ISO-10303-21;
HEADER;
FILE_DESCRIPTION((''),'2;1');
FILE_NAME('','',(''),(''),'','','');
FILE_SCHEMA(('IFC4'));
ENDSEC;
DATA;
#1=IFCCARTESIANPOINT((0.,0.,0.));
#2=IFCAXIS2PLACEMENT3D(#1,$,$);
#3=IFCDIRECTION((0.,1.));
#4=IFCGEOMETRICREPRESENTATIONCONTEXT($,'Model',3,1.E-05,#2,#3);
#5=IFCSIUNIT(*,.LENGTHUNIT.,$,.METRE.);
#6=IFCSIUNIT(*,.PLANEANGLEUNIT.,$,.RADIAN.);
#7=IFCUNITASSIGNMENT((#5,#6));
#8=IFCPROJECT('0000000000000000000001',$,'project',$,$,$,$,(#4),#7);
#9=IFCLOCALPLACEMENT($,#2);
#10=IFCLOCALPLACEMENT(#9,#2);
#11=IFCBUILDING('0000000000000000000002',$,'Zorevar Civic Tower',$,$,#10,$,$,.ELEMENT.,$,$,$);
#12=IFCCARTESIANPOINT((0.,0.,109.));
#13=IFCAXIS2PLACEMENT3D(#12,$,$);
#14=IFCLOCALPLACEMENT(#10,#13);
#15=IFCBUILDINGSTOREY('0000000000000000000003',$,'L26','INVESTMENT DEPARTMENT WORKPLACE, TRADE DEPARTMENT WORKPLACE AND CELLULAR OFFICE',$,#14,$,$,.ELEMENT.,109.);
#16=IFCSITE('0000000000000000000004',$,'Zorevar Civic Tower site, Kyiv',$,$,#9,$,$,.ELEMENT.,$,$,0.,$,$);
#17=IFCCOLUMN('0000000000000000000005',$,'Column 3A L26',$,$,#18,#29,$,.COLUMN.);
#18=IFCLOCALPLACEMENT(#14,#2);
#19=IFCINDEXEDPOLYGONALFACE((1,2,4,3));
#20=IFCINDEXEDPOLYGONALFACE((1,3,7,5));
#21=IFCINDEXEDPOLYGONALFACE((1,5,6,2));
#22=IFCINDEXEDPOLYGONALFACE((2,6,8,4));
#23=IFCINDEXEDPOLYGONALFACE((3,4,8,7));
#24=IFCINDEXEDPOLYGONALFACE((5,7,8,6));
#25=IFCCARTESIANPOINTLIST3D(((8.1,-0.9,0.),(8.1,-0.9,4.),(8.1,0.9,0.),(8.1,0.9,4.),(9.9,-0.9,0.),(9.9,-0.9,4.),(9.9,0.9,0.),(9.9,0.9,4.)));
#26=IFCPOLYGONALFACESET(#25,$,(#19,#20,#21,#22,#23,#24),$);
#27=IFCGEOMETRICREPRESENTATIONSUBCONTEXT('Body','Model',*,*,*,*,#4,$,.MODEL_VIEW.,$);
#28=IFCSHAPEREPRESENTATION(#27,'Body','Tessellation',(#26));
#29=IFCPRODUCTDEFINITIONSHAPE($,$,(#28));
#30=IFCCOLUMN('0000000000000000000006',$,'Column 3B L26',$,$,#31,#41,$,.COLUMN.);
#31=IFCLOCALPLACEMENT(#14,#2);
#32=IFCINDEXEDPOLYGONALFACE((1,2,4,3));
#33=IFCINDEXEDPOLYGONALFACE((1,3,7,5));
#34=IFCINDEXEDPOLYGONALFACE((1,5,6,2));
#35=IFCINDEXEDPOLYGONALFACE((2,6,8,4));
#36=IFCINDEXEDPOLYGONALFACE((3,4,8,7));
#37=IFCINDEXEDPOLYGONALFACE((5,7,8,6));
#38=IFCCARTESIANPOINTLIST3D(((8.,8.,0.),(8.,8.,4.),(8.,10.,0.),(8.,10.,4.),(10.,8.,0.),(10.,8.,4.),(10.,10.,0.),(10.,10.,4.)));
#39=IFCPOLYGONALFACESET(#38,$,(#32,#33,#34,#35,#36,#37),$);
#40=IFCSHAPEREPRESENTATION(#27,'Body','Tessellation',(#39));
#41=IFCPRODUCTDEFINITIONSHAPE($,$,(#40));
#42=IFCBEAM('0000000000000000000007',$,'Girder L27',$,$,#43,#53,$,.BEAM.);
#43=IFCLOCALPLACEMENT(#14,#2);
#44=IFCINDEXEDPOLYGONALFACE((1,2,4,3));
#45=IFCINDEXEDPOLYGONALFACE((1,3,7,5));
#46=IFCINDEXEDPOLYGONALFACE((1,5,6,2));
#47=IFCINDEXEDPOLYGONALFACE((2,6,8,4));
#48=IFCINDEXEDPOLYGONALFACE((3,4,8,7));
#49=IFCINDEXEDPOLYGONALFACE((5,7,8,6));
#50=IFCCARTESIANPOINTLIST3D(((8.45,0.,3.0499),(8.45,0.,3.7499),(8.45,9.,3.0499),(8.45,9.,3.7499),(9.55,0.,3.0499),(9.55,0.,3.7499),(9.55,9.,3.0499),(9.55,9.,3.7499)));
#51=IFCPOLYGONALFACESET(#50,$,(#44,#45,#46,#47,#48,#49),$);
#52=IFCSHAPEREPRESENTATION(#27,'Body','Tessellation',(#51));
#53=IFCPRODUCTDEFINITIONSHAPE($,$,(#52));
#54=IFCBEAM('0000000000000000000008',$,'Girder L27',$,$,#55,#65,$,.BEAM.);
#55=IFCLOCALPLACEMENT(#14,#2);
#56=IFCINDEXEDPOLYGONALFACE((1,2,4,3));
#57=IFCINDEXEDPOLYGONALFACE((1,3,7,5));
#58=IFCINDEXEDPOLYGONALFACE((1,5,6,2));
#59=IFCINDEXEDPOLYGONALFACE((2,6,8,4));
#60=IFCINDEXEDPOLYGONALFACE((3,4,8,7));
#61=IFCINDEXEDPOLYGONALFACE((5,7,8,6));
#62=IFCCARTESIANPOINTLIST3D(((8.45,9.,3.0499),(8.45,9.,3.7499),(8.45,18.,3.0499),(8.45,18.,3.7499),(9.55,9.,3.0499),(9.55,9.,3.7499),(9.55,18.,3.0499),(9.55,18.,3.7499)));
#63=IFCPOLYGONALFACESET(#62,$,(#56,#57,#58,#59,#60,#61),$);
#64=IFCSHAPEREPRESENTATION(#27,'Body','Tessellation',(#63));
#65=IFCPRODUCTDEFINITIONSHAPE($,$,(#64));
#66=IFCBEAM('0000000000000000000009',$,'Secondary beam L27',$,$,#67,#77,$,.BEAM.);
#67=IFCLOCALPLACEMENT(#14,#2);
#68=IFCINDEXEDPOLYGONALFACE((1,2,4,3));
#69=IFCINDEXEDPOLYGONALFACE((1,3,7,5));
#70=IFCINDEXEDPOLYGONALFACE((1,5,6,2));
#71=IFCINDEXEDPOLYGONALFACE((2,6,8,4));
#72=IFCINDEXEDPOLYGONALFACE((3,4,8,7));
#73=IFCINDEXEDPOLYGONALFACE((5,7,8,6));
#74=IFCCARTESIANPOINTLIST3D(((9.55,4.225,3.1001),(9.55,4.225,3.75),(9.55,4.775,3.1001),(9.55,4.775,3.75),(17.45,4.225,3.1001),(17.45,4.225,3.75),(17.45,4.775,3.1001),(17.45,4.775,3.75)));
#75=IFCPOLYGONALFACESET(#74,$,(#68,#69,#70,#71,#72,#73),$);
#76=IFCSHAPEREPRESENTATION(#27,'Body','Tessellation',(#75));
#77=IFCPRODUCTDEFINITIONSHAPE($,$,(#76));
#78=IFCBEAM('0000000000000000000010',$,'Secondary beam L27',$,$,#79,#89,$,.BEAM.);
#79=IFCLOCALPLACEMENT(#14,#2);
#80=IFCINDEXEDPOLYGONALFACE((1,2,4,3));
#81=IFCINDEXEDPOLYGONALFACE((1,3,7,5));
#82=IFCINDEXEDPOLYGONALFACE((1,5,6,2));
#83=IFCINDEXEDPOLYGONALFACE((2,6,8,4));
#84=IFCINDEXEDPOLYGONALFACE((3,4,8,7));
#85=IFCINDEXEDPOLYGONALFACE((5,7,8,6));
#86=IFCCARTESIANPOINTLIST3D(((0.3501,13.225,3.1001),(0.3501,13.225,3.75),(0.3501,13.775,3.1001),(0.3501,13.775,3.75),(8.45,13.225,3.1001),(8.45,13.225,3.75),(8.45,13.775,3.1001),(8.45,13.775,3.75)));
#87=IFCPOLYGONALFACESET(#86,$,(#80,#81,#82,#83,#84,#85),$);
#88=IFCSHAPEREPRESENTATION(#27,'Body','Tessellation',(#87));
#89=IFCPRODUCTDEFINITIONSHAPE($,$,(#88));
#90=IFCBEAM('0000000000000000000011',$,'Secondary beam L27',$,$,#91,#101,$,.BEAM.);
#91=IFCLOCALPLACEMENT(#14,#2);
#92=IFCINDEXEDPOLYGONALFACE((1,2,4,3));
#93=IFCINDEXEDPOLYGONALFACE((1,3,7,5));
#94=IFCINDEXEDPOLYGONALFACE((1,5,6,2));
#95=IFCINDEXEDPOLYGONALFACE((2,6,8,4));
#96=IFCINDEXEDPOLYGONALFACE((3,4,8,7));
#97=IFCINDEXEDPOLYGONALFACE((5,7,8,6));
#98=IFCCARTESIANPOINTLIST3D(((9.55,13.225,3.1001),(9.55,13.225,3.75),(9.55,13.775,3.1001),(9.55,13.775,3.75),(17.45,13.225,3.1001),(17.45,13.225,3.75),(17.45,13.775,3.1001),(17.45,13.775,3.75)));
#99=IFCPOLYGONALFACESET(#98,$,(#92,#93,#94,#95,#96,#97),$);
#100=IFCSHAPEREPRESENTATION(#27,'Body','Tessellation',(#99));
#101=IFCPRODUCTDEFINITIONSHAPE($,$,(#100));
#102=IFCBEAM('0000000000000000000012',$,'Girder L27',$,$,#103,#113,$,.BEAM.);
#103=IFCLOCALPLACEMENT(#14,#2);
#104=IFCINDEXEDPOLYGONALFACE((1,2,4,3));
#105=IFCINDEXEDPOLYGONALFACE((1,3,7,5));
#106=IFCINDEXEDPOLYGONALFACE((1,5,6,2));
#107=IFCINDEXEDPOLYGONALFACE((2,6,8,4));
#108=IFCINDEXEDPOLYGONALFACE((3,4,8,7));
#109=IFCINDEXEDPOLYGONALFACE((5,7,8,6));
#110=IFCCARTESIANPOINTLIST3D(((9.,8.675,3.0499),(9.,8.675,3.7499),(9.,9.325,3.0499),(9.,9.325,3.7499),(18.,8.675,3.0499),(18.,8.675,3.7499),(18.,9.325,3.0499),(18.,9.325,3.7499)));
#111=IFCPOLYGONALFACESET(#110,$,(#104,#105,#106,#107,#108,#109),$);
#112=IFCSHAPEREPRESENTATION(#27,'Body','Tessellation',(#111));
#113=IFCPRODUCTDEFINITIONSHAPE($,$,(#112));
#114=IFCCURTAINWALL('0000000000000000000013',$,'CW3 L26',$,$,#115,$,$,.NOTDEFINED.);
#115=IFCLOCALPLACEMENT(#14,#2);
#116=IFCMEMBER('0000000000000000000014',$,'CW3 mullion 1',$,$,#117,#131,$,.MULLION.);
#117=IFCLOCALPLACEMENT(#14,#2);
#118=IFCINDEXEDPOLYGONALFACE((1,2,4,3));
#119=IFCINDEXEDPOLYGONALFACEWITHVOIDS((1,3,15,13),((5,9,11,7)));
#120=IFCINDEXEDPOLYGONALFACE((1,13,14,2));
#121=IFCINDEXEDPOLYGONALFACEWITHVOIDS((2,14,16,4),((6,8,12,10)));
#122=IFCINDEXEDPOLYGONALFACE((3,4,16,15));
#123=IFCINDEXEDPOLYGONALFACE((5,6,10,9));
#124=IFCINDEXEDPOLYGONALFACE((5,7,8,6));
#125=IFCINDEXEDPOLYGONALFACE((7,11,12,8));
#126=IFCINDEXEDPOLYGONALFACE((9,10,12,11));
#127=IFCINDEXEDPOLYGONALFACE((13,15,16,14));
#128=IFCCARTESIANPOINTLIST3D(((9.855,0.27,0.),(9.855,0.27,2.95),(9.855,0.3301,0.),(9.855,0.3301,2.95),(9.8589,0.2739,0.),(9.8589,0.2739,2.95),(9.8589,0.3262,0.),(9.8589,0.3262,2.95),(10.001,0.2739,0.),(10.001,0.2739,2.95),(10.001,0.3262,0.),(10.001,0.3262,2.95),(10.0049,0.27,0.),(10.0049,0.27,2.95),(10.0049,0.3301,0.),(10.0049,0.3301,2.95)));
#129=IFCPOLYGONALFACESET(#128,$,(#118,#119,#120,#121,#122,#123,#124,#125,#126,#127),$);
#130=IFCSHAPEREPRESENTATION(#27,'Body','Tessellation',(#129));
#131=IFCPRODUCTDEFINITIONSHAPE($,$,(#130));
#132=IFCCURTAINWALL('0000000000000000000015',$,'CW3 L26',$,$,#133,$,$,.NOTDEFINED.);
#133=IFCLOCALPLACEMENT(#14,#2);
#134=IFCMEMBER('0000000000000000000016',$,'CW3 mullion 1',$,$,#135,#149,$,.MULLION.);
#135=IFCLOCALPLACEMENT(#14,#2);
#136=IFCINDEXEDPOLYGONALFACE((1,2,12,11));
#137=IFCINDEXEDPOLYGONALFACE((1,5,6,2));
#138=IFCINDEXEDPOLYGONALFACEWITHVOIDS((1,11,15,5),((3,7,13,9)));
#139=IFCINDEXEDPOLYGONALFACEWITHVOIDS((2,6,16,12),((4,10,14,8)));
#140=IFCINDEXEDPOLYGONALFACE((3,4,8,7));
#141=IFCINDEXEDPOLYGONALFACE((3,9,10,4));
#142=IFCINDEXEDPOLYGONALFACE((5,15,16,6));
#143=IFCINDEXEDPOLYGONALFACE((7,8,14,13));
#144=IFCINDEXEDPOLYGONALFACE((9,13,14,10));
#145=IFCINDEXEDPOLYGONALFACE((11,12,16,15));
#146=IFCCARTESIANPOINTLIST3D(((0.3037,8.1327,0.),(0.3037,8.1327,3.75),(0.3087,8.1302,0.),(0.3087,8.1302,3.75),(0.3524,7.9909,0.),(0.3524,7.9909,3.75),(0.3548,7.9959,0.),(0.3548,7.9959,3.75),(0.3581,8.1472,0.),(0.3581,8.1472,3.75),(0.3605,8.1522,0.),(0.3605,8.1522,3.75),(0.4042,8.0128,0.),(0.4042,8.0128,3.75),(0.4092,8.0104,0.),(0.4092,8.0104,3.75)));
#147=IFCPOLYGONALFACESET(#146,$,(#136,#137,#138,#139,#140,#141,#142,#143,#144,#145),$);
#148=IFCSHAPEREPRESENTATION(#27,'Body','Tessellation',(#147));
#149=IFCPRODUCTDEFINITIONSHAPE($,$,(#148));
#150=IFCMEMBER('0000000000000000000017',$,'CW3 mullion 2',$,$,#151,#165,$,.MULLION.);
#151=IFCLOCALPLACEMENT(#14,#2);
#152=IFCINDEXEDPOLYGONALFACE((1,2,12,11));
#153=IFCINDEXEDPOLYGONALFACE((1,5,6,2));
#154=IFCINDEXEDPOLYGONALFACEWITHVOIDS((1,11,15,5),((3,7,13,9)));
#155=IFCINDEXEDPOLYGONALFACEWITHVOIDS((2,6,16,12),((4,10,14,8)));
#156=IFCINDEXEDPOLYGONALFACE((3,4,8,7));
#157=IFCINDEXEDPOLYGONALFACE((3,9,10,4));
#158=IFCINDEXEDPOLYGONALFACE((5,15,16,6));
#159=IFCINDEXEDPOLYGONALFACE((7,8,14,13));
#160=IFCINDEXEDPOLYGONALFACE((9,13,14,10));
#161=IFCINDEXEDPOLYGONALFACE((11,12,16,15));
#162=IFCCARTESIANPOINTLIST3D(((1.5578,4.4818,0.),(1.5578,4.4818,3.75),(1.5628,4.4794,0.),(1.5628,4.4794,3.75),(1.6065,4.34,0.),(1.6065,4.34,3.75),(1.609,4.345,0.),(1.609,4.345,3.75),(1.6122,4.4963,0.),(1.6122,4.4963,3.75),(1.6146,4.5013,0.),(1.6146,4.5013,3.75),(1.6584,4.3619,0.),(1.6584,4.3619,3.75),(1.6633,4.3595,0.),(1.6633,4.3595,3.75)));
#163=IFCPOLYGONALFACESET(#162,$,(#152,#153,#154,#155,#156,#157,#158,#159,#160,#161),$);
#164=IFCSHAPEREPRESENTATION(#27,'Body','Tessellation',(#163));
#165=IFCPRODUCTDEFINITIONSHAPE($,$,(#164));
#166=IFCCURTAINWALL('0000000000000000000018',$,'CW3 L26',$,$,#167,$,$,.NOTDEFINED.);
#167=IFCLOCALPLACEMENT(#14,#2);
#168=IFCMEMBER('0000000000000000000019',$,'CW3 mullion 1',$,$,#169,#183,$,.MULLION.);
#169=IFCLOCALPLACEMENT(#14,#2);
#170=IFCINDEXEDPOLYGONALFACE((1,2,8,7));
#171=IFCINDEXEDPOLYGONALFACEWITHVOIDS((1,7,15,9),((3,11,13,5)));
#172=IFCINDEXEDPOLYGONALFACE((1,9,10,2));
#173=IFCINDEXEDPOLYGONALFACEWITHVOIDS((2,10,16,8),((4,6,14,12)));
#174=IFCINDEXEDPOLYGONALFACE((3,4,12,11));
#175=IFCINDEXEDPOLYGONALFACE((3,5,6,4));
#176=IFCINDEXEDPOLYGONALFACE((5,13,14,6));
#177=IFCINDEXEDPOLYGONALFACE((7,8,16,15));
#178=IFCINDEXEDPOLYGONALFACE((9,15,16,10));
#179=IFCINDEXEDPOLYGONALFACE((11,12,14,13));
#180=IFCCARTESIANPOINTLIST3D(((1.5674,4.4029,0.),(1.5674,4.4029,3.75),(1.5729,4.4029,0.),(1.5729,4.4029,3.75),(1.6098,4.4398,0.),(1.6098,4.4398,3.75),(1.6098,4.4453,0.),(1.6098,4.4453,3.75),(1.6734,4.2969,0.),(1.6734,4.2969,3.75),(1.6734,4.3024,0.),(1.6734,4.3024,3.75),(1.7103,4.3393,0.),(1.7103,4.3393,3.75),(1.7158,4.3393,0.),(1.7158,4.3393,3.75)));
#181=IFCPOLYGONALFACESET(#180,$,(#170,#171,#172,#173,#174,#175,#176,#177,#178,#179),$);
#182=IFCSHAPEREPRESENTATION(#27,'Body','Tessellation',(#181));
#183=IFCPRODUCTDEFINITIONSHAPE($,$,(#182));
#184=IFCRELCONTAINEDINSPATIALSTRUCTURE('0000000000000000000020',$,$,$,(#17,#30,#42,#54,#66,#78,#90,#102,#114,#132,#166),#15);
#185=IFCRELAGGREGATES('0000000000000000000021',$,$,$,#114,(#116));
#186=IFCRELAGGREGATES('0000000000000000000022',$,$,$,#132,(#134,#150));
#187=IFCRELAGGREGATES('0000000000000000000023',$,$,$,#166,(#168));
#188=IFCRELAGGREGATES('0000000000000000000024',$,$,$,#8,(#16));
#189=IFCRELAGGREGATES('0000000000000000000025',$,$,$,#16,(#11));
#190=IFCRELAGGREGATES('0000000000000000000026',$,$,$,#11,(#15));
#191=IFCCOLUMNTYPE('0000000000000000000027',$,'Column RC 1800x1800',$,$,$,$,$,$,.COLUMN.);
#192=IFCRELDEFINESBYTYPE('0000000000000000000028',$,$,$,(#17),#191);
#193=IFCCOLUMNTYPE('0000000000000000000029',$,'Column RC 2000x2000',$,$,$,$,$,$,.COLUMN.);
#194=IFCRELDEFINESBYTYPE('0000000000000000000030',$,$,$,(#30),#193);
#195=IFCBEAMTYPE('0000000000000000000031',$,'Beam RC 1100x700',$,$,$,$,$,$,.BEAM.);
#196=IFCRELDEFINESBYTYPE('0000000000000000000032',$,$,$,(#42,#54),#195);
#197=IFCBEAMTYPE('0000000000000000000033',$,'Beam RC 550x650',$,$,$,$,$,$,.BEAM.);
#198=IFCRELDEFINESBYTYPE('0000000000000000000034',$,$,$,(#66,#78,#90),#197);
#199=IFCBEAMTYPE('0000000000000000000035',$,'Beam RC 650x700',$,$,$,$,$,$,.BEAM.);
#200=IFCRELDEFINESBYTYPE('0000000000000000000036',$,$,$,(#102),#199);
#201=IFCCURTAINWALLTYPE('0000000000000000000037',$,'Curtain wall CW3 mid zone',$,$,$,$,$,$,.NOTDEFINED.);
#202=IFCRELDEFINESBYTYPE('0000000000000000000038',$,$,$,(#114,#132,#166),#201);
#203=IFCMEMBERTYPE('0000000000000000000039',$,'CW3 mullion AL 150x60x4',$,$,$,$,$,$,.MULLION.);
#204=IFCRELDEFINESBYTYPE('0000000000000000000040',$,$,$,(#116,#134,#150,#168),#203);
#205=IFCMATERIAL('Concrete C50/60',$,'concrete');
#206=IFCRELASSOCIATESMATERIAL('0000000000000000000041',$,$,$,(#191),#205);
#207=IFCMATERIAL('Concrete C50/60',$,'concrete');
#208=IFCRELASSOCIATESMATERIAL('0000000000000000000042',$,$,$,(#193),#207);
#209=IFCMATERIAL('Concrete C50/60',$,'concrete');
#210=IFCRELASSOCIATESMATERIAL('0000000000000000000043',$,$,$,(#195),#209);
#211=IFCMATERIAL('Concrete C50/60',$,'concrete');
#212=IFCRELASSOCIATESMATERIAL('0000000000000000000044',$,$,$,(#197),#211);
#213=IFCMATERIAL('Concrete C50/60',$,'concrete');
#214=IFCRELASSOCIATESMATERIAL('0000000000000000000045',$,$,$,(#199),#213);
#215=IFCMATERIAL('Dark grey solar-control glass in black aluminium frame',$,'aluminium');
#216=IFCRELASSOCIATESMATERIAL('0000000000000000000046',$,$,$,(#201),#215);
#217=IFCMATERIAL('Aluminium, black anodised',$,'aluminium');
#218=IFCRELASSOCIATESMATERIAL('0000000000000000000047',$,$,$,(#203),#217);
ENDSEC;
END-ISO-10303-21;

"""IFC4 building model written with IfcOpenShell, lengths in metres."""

from ifc_helpers import new_model, si_unit, direction, frame, origin, origin_2d, place, context, subcontext, project, spatial, rectangle, hollow_rectangle, extrude, material, material_profile, profile_set, type_object, element, aggregate, save


model = new_model("IFC4")

# Units and contexts
model_context = context("Model", 3, precision=1e-05, world=origin(), true_north=direction((0.0, 1.0)))
body_context = subcontext(model_context, "Body", "Model", "MODEL_VIEW")
ifc_project = project(units=[si_unit("LENGTHUNIT", "METRE"), si_unit("PLANEANGLEUNIT", "RADIAN")], contexts=[model_context])

# Site, building, storey
site_placement = place(None, origin())
site = spatial("IfcSite", under=ifc_project, at=site_placement, Name="Zorevar Civic Tower site, Kyiv", CompositionType="ELEMENT", RefElevation=0.0)
building_placement = place(site_placement, origin())
building = spatial("IfcBuilding", under=site, at=building_placement, Name="Zorevar Civic Tower", CompositionType="ELEMENT")
storey_placement = place(building_placement, frame((0.0, 0.0, 109.0)))
storey = spatial("IfcBuildingStorey", under=building, at=storey_placement, Name="L26", Description="INVESTMENT DEPARTMENT WORKPLACE, TRADE DEPARTMENT WORKPLACE AND CELLULAR OFFICE", CompositionType="ELEMENT", Elevation=109.0)

# Columns
ifc_material_1 = material(Name="Concrete C50/60", Category="concrete")
ifc_material_profile_1 = material_profile(ifc_material_1, rectangle(XDim=1.8, YDim=1.8, at=origin_2d()), Name="RC 1800x1800")
ifc_profile_set_1 = profile_set([ifc_material_profile_1], Name="Concrete C50/60")
column_type_1 = type_object("IfcColumnType", Name="Column RC 1800x1800", PredefinedType="COLUMN", material=ifc_profile_set_1)
column_1_placement = place(storey_placement, frame((9.0, 0.0, 0.0), z_axis=(0.0, 0.0, 1.0), x_axis=(1.0, 0.0, 0.0)))
element("IfcColumn", 1, at=column_1_placement, inside=storey, type_object=column_type_1, Name="Column 3A L26", PredefinedType="COLUMN", context=body_context, shape_type="SweptSolid", body=[
    extrude(rectangle(XDim=1.8, YDim=1.8, at=origin_2d()), origin(), (0.0, 0.0, 1.0), 4.0),
])
ifc_material_2 = material(Name="Concrete C50/60", Category="concrete")
ifc_material_profile_2 = material_profile(ifc_material_2, rectangle(XDim=2.0, YDim=2.0, at=origin_2d()), Name="RC 2000x2000")
ifc_profile_set_2 = profile_set([ifc_material_profile_2], Name="Concrete C50/60")
column_type_2 = type_object("IfcColumnType", Name="Column RC 2000x2000", PredefinedType="COLUMN", material=ifc_profile_set_2)
column_2_placement = place(storey_placement, frame((9.0, 9.0, 0.0), z_axis=(0.0, 0.0, 1.0), x_axis=(1.0, 0.0, 0.0)))
element("IfcColumn", 2, at=column_2_placement, inside=storey, type_object=column_type_2, Name="Column 3B L26", PredefinedType="COLUMN", context=body_context, shape_type="SweptSolid", body=[
    extrude(rectangle(XDim=2.0, YDim=2.0, at=origin_2d()), origin(), (0.0, 0.0, 1.0), 4.0),
])

# Beams
ifc_material_3 = material(Name="Concrete C50/60", Category="concrete")
ifc_material_profile_3 = material_profile(ifc_material_3, rectangle(XDim=1.1001, YDim=0.7, at=origin_2d()), Name="RC 1100x700")
ifc_profile_set_3 = profile_set([ifc_material_profile_3], Name="Concrete C50/60")
beam_type_1 = type_object("IfcBeamType", Name="Beam RC 1100x700", PredefinedType="BEAM", material=ifc_profile_set_3)
for number, where, z_axis, x_axis, name in (
    (3, (9.0, 0.0, 3.3999), (0.0, 1.0, 0.0), (-1.0, 0.0, 0.0), "Girder L27"),
    (4, (9.0, 9.0, 3.3999), (0.0, 1.0, 0.0), (-1.0, 0.0, 0.0), "Girder L27"),
):
    element("IfcBeam", number, at=place(storey_placement, frame(where, z_axis=z_axis, x_axis=x_axis)), inside=storey, type_object=beam_type_1, Name=name, PredefinedType="BEAM", context=body_context, shape_type="SweptSolid", body=[
        extrude(rectangle(XDim=1.1001, YDim=0.7, at=origin_2d()), origin(), (0.0, 0.0, 1.0), 9.0),
    ])
ifc_material_4 = material(Name="Concrete C50/60", Category="concrete")
ifc_material_profile_4 = material_profile(ifc_material_4, rectangle(XDim=0.55, YDim=0.6499, at=origin_2d()), Name="RC 550x650")
ifc_profile_set_4 = profile_set([ifc_material_profile_4], Name="Concrete C50/60")
beam_type_2 = type_object("IfcBeamType", Name="Beam RC 550x650", PredefinedType="BEAM", material=ifc_profile_set_4)
beam_1_placement = place(storey_placement, frame((9.55, 4.5, 3.425), z_axis=(1.0, 0.0, 0.0), x_axis=(0.0, 1.0, 0.0)))
element("IfcBeam", 5, at=beam_1_placement, inside=storey, type_object=beam_type_2, Name="Secondary beam L27", PredefinedType="BEAM", context=body_context, shape_type="SweptSolid", body=[
    extrude(rectangle(XDim=0.55, YDim=0.6499, at=origin_2d()), origin(), (0.0, 0.0, 1.0), 7.8999),
])
beam_2_placement = place(storey_placement, frame((0.3501, 13.5, 3.425), z_axis=(1.0, 0.0, 0.0), x_axis=(0.0, 1.0, 0.0)))
element("IfcBeam", 6, at=beam_2_placement, inside=storey, type_object=beam_type_2, Name="Secondary beam L27", PredefinedType="BEAM", context=body_context, shape_type="SweptSolid", body=[
    extrude(rectangle(XDim=0.55, YDim=0.6499, at=origin_2d()), origin(), (0.0, 0.0, 1.0), 8.0999),
])
beam_3_placement = place(storey_placement, frame((9.55, 13.5, 3.425), z_axis=(1.0, 0.0, 0.0), x_axis=(0.0, 1.0, 0.0)))
element("IfcBeam", 7, at=beam_3_placement, inside=storey, type_object=beam_type_2, Name="Secondary beam L27", PredefinedType="BEAM", context=body_context, shape_type="SweptSolid", body=[
    extrude(rectangle(XDim=0.55, YDim=0.6499, at=origin_2d()), origin(), (0.0, 0.0, 1.0), 7.8999),
])
ifc_material_5 = material(Name="Concrete C50/60", Category="concrete")
ifc_material_profile_5 = material_profile(ifc_material_5, rectangle(XDim=0.6499, YDim=0.7, at=origin_2d()), Name="RC 650x700")
ifc_profile_set_5 = profile_set([ifc_material_profile_5], Name="Concrete C50/60")
beam_type_3 = type_object("IfcBeamType", Name="Beam RC 650x700", PredefinedType="BEAM", material=ifc_profile_set_5)
beam_4_placement = place(storey_placement, frame((9.0, 9.0, 3.3999), z_axis=(1.0, 0.0, 0.0), x_axis=(0.0, 1.0, 0.0)))
element("IfcBeam", 8, at=beam_4_placement, inside=storey, type_object=beam_type_3, Name="Girder L27", PredefinedType="BEAM", context=body_context, shape_type="SweptSolid", body=[
    extrude(rectangle(XDim=0.6499, YDim=0.7, at=origin_2d()), origin(), (0.0, 0.0, 1.0), 9.0),
])

# Curtain wall, member
ifc_material_6 = material(Name="Dark grey solar-control glass in black aluminium frame", Category="aluminium")
curtain_wall_type = type_object("IfcCurtainWallType", Name="Curtain wall CW3 mid zone", PredefinedType="NOTDEFINED", material=ifc_material_6)
curtain_wall_1_placement = place(storey_placement, origin())
curtain_wall_1 = element("IfcCurtainWall", 9, at=curtain_wall_1_placement, inside=storey, type_object=curtain_wall_type, Name="CW3 L26", PredefinedType="NOTDEFINED")
ifc_material_7 = material(Name="Aluminium, black anodised", Category="aluminium")
ifc_material_profile_6 = material_profile(ifc_material_7, hollow_rectangle(XDim=0.0601, YDim=0.1499, WallThickness=0.0039, at=origin_2d()), Name="AL 150x60x4")
ifc_profile_set_6 = profile_set([ifc_material_profile_6], Name="Aluminium, black anodised")
member_type_1 = type_object("IfcMemberType", Name="CW3 mullion AL 150x60x4", PredefinedType="MULLION", material=ifc_profile_set_6)
member_1_placement = place(storey_placement, frame((9.9299, 0.3, 0.0), z_axis=(0.0, 0.0, 1.0), x_axis=(0.0, 1.0, 0.0)))
member_1 = element("IfcMember", 10, at=member_1_placement, type_object=member_type_1, Name="CW3 mullion 1", PredefinedType="MULLION", context=body_context, shape_type="SweptSolid", body=[
    extrude(hollow_rectangle(XDim=0.0601, YDim=0.1499, WallThickness=0.0039, at=origin_2d()), origin(), (0.0, 0.0, 1.0), 2.95),
])

# Curtain walls, members
curtain_wall_2_placement = place(storey_placement, origin())
curtain_wall_2 = element("IfcCurtainWall", 11, at=curtain_wall_2_placement, inside=storey, type_object=curtain_wall_type, Name="CW3 L26", PredefinedType="NOTDEFINED")
member_2_placement = place(storey_placement, frame((0.3564, 8.0715, 0.0), z_axis=(0.0, 0.0, 1.0), x_axis=(0.945756, 0.324878, 0.0)))
member_2 = element("IfcMember", 12, at=member_2_placement, type_object=member_type_1, Name="CW3 mullion 1", PredefinedType="MULLION", context=body_context, shape_type="SweptSolid", body=[
    extrude(hollow_rectangle(XDim=0.0601, YDim=0.1499, WallThickness=0.0039, at=origin_2d()), origin(), (0.0, 0.0, 1.0), 3.75),
])
member_3_placement = place(storey_placement, frame((1.6106, 4.4207, 0.0), z_axis=(0.0, 0.0, 1.0), x_axis=(0.945756, 0.324878, 0.0)))
member_3 = element("IfcMember", 13, at=member_3_placement, type_object=member_type_1, Name="CW3 mullion 2", PredefinedType="MULLION", context=body_context, shape_type="SweptSolid", body=[
    extrude(hollow_rectangle(XDim=0.0601, YDim=0.1499, WallThickness=0.0039, at=origin_2d()), origin(), (0.0, 0.0, 1.0), 3.75),
])
curtain_wall_3_placement = place(storey_placement, origin())
curtain_wall_3 = element("IfcCurtainWall", 14, at=curtain_wall_3_placement, inside=storey, type_object=curtain_wall_type, Name="CW3 L26", PredefinedType="NOTDEFINED")
member_4_placement = place(storey_placement, frame((1.6416, 4.3711, 0.0), z_axis=(0.0, 0.0, 1.0), x_axis=(0.707107, 0.707107, 0.0)))
member_4 = element("IfcMember", 15, at=member_4_placement, type_object=member_type_1, Name="CW3 mullion 1", PredefinedType="MULLION", context=body_context, shape_type="SweptSolid", body=[
    extrude(hollow_rectangle(XDim=0.0601, YDim=0.1499, WallThickness=0.0039, at=origin_2d()), origin(), (0.0, 0.0, 1.0), 3.75),
])

aggregate(curtain_wall_1, [member_1])

aggregate(curtain_wall_2, [member_2, member_3])
aggregate(curtain_wall_3, [member_4])

save(model, "model.ifc")
